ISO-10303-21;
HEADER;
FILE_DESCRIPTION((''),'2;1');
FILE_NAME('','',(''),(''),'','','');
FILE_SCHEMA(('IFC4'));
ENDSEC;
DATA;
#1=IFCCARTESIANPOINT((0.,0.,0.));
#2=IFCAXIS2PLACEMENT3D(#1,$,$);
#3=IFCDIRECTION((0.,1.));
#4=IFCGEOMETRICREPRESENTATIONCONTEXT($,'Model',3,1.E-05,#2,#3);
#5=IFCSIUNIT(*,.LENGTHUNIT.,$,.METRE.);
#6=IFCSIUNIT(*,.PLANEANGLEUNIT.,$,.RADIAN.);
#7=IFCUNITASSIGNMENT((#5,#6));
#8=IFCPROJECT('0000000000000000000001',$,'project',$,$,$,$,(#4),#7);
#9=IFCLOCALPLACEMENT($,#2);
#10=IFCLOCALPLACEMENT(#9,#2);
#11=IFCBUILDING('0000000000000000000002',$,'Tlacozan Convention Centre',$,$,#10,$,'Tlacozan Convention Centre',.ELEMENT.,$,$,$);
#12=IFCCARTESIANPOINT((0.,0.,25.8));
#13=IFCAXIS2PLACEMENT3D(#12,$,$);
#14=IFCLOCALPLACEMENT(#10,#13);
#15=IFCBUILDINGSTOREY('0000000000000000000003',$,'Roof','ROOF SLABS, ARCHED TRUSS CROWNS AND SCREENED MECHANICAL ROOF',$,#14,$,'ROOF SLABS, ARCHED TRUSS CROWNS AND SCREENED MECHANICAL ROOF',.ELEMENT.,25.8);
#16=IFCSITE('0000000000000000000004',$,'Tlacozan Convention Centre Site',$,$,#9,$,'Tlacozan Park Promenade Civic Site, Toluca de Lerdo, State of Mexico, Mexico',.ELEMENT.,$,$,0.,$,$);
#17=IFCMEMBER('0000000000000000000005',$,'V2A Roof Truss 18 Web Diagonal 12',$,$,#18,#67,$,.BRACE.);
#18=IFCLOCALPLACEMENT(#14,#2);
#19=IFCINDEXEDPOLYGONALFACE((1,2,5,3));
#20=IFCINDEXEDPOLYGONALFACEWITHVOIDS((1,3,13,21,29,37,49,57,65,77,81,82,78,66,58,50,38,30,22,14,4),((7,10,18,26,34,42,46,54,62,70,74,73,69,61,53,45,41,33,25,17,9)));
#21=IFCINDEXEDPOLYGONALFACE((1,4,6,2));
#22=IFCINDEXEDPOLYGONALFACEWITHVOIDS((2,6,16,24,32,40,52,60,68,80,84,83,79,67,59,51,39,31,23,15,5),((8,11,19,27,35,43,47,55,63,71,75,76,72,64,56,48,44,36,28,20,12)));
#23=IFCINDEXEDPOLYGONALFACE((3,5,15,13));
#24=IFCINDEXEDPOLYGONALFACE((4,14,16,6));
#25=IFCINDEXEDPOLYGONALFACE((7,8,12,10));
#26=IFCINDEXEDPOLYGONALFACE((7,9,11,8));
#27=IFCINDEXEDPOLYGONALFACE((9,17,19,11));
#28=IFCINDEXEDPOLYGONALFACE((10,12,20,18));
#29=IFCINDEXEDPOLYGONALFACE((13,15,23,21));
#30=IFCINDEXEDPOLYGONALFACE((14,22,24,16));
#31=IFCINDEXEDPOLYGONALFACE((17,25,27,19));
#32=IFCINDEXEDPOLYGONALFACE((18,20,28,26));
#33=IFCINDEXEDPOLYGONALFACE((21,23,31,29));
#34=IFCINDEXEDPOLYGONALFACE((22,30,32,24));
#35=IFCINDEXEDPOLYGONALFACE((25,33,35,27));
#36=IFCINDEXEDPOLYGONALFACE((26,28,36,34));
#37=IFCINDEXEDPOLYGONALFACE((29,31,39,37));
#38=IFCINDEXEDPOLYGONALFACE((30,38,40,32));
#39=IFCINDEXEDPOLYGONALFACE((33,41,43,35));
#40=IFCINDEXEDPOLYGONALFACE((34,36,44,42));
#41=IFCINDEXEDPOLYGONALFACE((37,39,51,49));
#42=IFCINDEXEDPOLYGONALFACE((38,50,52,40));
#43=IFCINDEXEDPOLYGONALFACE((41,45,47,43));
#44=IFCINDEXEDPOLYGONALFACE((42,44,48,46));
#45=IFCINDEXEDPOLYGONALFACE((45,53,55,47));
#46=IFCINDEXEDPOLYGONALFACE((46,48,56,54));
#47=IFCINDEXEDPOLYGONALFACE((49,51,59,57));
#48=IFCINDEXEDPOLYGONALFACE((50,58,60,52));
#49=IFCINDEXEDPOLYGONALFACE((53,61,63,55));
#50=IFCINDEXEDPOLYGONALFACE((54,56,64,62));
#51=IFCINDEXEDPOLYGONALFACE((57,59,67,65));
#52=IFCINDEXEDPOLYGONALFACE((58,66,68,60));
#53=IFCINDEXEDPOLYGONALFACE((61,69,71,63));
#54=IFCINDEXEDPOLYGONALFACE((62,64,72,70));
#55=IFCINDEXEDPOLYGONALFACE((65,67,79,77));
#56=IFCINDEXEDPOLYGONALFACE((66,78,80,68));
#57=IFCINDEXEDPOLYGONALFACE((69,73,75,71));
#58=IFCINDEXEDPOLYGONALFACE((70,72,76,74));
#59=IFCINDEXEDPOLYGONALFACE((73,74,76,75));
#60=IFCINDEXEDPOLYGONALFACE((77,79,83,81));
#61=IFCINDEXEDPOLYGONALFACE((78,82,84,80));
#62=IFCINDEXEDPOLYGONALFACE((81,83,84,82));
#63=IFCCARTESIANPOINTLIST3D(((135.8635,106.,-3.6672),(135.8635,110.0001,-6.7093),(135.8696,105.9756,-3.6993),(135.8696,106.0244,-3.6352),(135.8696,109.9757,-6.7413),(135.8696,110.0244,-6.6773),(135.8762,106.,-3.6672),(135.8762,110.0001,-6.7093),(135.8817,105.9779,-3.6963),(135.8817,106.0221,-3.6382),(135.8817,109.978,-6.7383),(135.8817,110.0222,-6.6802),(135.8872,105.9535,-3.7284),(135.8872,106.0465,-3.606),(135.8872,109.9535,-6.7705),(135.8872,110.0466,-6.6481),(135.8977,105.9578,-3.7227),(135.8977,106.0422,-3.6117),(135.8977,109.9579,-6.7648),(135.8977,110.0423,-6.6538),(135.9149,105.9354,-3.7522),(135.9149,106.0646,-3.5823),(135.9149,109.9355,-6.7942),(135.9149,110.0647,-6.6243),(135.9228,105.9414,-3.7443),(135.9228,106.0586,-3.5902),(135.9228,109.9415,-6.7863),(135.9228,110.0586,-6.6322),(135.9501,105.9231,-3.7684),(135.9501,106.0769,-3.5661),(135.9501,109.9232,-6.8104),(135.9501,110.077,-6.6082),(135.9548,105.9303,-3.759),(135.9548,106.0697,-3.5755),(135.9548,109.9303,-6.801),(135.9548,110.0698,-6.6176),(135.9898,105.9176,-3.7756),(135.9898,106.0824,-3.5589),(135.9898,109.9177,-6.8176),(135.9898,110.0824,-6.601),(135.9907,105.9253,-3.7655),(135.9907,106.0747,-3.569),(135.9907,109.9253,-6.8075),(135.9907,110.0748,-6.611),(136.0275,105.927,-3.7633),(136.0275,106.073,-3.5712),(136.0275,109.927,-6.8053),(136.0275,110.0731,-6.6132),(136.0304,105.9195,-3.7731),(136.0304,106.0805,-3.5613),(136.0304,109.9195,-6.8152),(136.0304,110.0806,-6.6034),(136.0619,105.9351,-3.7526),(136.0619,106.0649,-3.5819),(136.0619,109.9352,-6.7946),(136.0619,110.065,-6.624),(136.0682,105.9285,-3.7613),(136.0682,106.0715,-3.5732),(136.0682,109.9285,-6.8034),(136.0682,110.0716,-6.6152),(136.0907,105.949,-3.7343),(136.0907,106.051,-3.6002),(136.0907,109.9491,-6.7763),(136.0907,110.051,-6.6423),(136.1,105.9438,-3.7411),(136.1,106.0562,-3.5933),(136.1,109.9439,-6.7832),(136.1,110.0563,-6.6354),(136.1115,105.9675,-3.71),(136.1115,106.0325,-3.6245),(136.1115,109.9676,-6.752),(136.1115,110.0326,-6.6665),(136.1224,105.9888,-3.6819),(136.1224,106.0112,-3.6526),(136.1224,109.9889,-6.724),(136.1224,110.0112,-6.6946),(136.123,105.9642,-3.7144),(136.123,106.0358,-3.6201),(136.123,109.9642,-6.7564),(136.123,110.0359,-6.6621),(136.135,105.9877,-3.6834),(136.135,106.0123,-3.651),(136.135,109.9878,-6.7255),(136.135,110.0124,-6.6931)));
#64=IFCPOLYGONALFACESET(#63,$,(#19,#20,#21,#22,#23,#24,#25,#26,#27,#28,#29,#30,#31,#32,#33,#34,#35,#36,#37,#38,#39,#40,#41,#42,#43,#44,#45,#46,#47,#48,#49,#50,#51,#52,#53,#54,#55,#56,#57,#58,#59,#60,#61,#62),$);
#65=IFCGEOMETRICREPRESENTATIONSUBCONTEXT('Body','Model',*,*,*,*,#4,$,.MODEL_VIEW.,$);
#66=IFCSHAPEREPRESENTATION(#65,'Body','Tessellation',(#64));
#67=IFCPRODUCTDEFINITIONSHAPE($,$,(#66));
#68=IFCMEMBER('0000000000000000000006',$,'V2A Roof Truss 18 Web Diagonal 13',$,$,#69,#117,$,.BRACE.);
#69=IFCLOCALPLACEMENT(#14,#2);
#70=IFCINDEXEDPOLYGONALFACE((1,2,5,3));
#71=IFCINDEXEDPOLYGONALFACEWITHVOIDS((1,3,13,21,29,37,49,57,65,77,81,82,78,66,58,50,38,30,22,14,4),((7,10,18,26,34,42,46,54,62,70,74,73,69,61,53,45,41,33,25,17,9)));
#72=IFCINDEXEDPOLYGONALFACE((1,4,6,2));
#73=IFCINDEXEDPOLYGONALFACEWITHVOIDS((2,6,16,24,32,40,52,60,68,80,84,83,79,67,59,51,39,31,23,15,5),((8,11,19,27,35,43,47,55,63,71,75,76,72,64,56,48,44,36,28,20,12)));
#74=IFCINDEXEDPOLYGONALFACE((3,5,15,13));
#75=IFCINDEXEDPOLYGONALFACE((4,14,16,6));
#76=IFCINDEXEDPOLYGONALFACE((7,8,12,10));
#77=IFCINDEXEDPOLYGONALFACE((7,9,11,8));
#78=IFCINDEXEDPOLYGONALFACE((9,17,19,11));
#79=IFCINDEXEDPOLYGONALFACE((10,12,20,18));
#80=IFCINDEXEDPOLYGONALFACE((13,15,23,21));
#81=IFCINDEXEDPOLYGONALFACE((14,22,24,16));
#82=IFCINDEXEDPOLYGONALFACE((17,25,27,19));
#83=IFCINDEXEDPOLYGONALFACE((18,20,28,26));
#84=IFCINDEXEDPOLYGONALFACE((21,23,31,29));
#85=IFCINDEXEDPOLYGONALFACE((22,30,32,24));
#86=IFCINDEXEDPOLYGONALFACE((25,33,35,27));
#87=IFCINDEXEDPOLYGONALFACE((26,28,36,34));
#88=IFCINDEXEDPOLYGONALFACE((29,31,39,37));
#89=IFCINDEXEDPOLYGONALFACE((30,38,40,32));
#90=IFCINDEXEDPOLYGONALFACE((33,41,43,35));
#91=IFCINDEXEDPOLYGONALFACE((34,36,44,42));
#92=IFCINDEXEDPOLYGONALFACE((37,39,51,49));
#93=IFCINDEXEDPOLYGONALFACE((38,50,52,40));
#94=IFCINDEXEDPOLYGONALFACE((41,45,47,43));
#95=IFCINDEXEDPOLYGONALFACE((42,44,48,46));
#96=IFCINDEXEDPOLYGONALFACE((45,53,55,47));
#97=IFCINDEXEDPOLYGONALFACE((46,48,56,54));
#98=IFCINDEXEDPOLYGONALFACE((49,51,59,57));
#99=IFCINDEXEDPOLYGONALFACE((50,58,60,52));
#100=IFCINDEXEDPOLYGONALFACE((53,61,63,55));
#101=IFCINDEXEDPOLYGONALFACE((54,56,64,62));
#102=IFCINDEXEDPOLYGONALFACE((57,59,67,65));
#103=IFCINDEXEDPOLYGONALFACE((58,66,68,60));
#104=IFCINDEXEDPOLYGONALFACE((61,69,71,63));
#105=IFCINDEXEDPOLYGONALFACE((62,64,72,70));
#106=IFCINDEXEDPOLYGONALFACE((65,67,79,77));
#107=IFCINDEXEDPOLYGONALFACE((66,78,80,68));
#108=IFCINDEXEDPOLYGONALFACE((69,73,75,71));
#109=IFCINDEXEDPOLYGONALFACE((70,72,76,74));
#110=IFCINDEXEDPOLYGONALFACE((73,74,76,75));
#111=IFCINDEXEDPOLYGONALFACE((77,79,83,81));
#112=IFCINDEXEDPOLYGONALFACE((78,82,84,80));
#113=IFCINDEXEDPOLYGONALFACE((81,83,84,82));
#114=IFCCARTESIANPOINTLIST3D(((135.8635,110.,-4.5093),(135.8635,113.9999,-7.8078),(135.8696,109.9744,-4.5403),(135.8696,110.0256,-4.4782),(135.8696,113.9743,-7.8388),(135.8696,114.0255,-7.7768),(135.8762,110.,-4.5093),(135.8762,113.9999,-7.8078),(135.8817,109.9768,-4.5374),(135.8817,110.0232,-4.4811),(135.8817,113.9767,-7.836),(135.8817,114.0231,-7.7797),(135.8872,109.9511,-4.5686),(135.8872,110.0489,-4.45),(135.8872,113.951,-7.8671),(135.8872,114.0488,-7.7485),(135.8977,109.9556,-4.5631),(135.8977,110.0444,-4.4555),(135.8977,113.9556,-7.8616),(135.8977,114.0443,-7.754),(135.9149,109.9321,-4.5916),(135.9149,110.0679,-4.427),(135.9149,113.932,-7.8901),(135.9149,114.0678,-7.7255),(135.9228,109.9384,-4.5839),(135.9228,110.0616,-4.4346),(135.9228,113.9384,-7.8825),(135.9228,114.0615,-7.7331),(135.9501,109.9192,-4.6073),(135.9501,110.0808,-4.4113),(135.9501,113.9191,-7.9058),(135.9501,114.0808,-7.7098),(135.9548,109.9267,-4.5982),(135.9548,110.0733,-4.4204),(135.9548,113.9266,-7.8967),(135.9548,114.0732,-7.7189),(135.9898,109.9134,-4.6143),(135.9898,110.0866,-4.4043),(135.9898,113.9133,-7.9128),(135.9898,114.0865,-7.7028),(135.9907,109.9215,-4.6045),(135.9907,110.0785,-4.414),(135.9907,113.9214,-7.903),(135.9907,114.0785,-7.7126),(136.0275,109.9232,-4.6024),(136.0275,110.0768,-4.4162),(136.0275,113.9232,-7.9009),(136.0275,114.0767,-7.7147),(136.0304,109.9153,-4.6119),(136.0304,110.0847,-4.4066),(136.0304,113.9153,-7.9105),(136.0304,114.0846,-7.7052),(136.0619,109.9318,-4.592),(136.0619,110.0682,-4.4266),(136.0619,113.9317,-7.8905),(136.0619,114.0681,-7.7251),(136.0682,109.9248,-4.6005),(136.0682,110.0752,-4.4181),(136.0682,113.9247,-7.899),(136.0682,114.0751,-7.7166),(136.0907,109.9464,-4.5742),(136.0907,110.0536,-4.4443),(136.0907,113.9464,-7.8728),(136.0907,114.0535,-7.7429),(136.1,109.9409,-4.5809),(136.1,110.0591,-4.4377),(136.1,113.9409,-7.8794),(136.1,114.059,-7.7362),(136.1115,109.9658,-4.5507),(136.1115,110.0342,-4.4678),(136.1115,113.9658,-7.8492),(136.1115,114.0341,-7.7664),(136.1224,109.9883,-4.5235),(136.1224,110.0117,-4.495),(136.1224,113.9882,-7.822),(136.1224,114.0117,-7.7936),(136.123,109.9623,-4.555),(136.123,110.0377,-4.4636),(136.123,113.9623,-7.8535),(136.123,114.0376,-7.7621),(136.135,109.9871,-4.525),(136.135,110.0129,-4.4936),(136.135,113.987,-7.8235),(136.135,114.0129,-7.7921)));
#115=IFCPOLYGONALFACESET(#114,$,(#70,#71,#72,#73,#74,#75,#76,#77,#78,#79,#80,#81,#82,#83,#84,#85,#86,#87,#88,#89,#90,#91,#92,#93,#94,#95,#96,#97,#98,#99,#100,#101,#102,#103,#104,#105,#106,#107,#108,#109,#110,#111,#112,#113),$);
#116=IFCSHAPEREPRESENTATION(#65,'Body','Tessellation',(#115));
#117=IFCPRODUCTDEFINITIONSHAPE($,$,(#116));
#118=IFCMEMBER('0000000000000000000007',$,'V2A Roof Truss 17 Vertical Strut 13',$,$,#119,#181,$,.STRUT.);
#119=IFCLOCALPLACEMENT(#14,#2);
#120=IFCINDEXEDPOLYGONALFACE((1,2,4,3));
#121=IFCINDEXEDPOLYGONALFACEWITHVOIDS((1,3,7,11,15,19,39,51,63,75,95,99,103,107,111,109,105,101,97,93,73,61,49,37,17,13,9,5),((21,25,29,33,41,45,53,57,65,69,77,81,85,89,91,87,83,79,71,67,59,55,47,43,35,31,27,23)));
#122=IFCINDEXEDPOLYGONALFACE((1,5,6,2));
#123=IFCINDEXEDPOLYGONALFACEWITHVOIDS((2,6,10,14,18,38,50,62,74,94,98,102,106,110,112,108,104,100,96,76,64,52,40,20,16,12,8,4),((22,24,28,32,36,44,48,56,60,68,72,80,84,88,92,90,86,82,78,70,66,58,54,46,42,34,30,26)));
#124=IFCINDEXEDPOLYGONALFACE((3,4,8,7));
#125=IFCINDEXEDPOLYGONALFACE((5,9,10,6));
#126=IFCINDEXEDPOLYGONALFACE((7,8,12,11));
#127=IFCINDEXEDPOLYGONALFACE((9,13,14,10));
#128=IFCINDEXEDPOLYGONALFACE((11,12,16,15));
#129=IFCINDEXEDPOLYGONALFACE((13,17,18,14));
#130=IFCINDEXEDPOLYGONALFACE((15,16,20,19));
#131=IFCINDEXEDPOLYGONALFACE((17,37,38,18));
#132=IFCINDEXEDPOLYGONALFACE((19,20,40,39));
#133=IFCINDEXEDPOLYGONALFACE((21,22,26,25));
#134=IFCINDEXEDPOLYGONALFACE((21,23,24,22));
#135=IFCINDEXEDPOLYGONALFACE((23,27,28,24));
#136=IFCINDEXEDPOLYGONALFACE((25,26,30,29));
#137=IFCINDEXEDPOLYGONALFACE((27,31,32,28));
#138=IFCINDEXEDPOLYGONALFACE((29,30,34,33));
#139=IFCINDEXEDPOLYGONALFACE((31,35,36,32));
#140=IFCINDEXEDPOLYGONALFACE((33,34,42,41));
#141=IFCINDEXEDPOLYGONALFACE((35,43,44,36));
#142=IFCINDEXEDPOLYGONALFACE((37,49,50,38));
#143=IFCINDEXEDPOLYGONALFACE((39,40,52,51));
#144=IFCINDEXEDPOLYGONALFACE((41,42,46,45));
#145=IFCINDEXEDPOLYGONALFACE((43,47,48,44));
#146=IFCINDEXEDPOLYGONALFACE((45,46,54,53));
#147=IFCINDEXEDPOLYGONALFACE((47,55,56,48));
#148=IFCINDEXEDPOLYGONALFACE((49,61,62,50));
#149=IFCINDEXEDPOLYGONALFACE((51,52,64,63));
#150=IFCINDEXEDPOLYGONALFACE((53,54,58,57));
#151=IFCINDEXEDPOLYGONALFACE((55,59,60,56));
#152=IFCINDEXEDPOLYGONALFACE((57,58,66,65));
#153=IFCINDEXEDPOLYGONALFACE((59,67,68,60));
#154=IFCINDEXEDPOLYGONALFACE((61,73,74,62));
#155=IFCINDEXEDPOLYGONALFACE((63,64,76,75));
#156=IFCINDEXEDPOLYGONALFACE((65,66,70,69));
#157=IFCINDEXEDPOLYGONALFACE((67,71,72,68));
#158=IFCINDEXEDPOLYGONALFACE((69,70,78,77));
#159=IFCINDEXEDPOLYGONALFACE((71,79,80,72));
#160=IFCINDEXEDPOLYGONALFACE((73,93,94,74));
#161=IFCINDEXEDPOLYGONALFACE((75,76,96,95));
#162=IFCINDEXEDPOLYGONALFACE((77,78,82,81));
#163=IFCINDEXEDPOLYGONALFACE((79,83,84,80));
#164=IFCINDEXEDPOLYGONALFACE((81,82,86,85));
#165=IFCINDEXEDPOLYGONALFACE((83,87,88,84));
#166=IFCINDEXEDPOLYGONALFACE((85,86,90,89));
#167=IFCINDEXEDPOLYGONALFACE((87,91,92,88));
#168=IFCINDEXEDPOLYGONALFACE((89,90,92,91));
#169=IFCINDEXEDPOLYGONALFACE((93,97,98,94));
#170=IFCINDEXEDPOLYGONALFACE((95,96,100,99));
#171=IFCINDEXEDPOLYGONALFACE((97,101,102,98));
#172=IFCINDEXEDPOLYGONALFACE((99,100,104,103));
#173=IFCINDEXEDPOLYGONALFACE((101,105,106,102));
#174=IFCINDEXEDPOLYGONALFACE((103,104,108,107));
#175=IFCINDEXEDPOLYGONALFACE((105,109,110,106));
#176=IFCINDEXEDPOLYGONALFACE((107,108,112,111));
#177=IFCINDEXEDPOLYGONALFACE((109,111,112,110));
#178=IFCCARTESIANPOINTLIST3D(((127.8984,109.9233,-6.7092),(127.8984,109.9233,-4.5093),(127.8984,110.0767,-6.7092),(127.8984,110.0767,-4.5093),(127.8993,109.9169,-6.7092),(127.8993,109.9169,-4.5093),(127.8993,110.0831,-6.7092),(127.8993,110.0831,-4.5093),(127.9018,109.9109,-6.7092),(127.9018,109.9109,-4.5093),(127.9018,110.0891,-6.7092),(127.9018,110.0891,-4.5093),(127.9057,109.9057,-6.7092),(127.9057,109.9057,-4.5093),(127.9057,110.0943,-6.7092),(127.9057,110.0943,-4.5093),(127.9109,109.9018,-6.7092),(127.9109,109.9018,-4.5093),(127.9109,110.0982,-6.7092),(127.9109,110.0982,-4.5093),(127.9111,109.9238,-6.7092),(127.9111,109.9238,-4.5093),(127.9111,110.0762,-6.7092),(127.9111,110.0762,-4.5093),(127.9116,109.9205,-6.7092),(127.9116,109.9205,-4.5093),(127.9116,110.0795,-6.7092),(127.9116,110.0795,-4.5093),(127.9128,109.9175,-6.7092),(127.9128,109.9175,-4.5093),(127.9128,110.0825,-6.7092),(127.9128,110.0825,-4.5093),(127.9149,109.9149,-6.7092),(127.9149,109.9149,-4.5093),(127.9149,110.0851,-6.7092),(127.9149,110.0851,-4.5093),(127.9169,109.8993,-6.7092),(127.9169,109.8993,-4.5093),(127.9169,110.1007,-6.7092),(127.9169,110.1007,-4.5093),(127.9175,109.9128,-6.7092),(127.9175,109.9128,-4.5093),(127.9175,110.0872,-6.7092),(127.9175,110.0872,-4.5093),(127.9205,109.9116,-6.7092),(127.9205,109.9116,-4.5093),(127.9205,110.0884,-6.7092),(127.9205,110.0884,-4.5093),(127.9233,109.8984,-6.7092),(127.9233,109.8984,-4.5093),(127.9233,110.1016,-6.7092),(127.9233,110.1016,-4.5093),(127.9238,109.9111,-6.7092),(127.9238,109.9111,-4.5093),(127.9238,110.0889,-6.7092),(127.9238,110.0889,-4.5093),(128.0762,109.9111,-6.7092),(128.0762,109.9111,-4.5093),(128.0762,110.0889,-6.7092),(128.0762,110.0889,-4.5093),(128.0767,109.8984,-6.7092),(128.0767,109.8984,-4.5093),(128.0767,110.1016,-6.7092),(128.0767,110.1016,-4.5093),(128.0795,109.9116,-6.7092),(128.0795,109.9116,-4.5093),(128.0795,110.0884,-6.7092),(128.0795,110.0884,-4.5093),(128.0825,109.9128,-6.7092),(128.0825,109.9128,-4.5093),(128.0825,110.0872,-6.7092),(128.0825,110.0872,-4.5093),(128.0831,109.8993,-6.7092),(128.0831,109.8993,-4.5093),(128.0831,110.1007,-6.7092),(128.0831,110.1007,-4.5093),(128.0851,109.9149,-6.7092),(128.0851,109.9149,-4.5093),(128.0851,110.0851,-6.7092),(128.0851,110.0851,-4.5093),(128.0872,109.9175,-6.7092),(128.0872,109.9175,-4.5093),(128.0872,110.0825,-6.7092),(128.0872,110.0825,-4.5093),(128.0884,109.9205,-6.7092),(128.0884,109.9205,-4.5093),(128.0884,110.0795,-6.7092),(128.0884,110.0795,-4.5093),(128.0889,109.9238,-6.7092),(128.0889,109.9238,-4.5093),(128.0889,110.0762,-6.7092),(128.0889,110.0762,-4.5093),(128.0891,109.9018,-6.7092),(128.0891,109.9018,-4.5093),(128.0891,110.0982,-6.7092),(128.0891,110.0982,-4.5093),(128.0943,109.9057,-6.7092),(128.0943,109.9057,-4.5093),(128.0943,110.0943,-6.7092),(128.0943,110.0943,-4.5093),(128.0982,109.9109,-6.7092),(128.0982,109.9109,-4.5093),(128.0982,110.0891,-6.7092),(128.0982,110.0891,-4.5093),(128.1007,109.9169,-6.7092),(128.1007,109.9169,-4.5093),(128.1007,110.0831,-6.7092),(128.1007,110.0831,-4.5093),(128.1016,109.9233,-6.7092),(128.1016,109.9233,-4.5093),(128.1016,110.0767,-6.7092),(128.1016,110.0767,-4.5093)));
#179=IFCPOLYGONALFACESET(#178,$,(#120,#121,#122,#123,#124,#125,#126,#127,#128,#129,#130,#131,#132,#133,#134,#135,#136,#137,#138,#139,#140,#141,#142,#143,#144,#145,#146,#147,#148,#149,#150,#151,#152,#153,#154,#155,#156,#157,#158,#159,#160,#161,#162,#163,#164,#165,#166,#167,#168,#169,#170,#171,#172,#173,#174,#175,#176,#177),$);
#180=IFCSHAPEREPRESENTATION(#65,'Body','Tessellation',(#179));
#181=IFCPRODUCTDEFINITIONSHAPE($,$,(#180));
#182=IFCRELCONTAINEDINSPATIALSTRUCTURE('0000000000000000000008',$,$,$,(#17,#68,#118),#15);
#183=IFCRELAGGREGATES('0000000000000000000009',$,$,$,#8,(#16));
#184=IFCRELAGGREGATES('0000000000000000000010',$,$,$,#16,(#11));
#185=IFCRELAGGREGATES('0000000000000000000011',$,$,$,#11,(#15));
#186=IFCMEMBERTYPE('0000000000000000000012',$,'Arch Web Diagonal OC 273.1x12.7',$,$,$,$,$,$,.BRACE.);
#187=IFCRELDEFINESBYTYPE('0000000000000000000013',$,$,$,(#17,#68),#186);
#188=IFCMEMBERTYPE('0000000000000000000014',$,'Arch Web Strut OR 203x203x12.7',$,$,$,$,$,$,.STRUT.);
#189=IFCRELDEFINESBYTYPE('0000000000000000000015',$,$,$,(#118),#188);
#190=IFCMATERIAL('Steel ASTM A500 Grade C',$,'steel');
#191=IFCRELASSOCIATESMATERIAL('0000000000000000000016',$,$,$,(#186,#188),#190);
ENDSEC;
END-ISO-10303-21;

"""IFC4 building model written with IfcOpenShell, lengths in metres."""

from ifc_helpers import new_model, si_unit, direction, frame, origin, origin_2d, place, context, subcontext, project, spatial, hollow_rectangle, hollow_circle, extrude, material, material_profile, profile_set, type_object, element, save


model = new_model("IFC4")

# Units and contexts
model_context = context("Model", 3, precision=1e-05, world=origin(), true_north=direction((0.0, 1.0)))
body_context = subcontext(model_context, "Body", "Model", "MODEL_VIEW")
ifc_project = project(units=[si_unit("LENGTHUNIT", "METRE"), si_unit("PLANEANGLEUNIT", "RADIAN")], contexts=[model_context])

# Site, building, storey
site_placement = place(None, origin())
site = spatial("IfcSite", under=ifc_project, at=site_placement, Name="Tlacozan Convention Centre Site", LongName="Tlacozan Park Promenade Civic Site, Toluca de Lerdo, State of Mexico, Mexico", CompositionType="ELEMENT", RefElevation=0.0)
building_placement = place(site_placement, origin())
building = spatial("IfcBuilding", under=site, at=building_placement, Name="Tlacozan Convention Centre", LongName="Tlacozan Convention Centre", CompositionType="ELEMENT")
storey_placement = place(building_placement, frame((0.0, 0.0, 25.8)))
storey = spatial("IfcBuildingStorey", under=building, at=storey_placement, Name="Roof", Description="ROOF SLABS, ARCHED TRUSS CROWNS AND SCREENED MECHANICAL ROOF", LongName="ROOF SLABS, ARCHED TRUSS CROWNS AND SCREENED MECHANICAL ROOF", CompositionType="ELEMENT", Elevation=25.8)

# Members
ifc_material_1 = material(Name="Steel ASTM A500 Grade C", Category="steel")
ifc_material_profile_1 = material_profile(ifc_material_1, hollow_circle(Radius=0.1365, WallThickness=0.0127, at=origin_2d()), Name="OC 273.1x12.7")
ifc_profile_set_1 = profile_set([ifc_material_profile_1], Name="Steel ASTM A500 Grade C")
member_type_1 = type_object("IfcMemberType", Name="Arch Web Diagonal OC 273.1x12.7", PredefinedType="BRACE", material=ifc_profile_set_1)
member_1_placement = place(storey_placement, frame((136.0, 106.0, -3.6672), z_axis=(0.0, 0.795971, -0.605335), x_axis=(-1.0, 0.0, 0.0)))
element("IfcMember", 1, at=member_1_placement, inside=storey, type_object=member_type_1, Name="V2A Roof Truss 18 Web Diagonal 12", PredefinedType="BRACE", context=body_context, shape_type="SweptSolid", body=[
    extrude(hollow_circle(Radius=0.1365, WallThickness=0.0127, at=origin_2d()), origin(), (0.0, 0.0, 1.0), 5.0254),
])
member_2_placement = place(storey_placement, frame((136.0, 110.0, -4.5093), z_axis=(0.0, 0.771507, -0.63622), x_axis=(-1.0, 0.0, 0.0)))
element("IfcMember", 2, at=member_2_placement, inside=storey, type_object=member_type_1, Name="V2A Roof Truss 18 Web Diagonal 13", PredefinedType="BRACE", context=body_context, shape_type="SweptSolid", body=[
    extrude(hollow_circle(Radius=0.1365, WallThickness=0.0127, at=origin_2d()), origin(), (0.0, 0.0, 1.0), 5.1846),
])
ifc_material_profile_2 = material_profile(ifc_material_1, hollow_rectangle(XDim=0.2031, YDim=0.2031, WallThickness=0.0127, InnerFilletRadius=0.0127, OuterFilletRadius=0.0249, at=origin_2d()), Name="OR 203x203x12.7")
ifc_profile_set_2 = profile_set([ifc_material_profile_2], Name="Steel ASTM A500 Grade C")
member_type_2 = type_object("IfcMemberType", Name="Arch Web Strut OR 203x203x12.7", PredefinedType="STRUT", material=ifc_profile_set_2)
for number, where, z_axis, x_axis, name in (
    (3, (128.0, 110.0, -6.7092), (0.0, 0.0, 1.0), (1.0, 0.0, 0.0), "V2A Roof Truss 17 Vertical Strut 13"),
):
    element("IfcMember", number, at=place(storey_placement, frame(where, z_axis=z_axis, x_axis=x_axis)), inside=storey, type_object=member_type_2, Name=name, PredefinedType="STRUT", context=body_context, shape_type="SweptSolid", body=[
        extrude(hollow_rectangle(XDim=0.2031, YDim=0.2031, WallThickness=0.0127, InnerFilletRadius=0.0127, OuterFilletRadius=0.0249, at=origin_2d()), origin(), (0.0, 0.0, 1.0), 2.2),
    ])

save(model, "model.ifc")
